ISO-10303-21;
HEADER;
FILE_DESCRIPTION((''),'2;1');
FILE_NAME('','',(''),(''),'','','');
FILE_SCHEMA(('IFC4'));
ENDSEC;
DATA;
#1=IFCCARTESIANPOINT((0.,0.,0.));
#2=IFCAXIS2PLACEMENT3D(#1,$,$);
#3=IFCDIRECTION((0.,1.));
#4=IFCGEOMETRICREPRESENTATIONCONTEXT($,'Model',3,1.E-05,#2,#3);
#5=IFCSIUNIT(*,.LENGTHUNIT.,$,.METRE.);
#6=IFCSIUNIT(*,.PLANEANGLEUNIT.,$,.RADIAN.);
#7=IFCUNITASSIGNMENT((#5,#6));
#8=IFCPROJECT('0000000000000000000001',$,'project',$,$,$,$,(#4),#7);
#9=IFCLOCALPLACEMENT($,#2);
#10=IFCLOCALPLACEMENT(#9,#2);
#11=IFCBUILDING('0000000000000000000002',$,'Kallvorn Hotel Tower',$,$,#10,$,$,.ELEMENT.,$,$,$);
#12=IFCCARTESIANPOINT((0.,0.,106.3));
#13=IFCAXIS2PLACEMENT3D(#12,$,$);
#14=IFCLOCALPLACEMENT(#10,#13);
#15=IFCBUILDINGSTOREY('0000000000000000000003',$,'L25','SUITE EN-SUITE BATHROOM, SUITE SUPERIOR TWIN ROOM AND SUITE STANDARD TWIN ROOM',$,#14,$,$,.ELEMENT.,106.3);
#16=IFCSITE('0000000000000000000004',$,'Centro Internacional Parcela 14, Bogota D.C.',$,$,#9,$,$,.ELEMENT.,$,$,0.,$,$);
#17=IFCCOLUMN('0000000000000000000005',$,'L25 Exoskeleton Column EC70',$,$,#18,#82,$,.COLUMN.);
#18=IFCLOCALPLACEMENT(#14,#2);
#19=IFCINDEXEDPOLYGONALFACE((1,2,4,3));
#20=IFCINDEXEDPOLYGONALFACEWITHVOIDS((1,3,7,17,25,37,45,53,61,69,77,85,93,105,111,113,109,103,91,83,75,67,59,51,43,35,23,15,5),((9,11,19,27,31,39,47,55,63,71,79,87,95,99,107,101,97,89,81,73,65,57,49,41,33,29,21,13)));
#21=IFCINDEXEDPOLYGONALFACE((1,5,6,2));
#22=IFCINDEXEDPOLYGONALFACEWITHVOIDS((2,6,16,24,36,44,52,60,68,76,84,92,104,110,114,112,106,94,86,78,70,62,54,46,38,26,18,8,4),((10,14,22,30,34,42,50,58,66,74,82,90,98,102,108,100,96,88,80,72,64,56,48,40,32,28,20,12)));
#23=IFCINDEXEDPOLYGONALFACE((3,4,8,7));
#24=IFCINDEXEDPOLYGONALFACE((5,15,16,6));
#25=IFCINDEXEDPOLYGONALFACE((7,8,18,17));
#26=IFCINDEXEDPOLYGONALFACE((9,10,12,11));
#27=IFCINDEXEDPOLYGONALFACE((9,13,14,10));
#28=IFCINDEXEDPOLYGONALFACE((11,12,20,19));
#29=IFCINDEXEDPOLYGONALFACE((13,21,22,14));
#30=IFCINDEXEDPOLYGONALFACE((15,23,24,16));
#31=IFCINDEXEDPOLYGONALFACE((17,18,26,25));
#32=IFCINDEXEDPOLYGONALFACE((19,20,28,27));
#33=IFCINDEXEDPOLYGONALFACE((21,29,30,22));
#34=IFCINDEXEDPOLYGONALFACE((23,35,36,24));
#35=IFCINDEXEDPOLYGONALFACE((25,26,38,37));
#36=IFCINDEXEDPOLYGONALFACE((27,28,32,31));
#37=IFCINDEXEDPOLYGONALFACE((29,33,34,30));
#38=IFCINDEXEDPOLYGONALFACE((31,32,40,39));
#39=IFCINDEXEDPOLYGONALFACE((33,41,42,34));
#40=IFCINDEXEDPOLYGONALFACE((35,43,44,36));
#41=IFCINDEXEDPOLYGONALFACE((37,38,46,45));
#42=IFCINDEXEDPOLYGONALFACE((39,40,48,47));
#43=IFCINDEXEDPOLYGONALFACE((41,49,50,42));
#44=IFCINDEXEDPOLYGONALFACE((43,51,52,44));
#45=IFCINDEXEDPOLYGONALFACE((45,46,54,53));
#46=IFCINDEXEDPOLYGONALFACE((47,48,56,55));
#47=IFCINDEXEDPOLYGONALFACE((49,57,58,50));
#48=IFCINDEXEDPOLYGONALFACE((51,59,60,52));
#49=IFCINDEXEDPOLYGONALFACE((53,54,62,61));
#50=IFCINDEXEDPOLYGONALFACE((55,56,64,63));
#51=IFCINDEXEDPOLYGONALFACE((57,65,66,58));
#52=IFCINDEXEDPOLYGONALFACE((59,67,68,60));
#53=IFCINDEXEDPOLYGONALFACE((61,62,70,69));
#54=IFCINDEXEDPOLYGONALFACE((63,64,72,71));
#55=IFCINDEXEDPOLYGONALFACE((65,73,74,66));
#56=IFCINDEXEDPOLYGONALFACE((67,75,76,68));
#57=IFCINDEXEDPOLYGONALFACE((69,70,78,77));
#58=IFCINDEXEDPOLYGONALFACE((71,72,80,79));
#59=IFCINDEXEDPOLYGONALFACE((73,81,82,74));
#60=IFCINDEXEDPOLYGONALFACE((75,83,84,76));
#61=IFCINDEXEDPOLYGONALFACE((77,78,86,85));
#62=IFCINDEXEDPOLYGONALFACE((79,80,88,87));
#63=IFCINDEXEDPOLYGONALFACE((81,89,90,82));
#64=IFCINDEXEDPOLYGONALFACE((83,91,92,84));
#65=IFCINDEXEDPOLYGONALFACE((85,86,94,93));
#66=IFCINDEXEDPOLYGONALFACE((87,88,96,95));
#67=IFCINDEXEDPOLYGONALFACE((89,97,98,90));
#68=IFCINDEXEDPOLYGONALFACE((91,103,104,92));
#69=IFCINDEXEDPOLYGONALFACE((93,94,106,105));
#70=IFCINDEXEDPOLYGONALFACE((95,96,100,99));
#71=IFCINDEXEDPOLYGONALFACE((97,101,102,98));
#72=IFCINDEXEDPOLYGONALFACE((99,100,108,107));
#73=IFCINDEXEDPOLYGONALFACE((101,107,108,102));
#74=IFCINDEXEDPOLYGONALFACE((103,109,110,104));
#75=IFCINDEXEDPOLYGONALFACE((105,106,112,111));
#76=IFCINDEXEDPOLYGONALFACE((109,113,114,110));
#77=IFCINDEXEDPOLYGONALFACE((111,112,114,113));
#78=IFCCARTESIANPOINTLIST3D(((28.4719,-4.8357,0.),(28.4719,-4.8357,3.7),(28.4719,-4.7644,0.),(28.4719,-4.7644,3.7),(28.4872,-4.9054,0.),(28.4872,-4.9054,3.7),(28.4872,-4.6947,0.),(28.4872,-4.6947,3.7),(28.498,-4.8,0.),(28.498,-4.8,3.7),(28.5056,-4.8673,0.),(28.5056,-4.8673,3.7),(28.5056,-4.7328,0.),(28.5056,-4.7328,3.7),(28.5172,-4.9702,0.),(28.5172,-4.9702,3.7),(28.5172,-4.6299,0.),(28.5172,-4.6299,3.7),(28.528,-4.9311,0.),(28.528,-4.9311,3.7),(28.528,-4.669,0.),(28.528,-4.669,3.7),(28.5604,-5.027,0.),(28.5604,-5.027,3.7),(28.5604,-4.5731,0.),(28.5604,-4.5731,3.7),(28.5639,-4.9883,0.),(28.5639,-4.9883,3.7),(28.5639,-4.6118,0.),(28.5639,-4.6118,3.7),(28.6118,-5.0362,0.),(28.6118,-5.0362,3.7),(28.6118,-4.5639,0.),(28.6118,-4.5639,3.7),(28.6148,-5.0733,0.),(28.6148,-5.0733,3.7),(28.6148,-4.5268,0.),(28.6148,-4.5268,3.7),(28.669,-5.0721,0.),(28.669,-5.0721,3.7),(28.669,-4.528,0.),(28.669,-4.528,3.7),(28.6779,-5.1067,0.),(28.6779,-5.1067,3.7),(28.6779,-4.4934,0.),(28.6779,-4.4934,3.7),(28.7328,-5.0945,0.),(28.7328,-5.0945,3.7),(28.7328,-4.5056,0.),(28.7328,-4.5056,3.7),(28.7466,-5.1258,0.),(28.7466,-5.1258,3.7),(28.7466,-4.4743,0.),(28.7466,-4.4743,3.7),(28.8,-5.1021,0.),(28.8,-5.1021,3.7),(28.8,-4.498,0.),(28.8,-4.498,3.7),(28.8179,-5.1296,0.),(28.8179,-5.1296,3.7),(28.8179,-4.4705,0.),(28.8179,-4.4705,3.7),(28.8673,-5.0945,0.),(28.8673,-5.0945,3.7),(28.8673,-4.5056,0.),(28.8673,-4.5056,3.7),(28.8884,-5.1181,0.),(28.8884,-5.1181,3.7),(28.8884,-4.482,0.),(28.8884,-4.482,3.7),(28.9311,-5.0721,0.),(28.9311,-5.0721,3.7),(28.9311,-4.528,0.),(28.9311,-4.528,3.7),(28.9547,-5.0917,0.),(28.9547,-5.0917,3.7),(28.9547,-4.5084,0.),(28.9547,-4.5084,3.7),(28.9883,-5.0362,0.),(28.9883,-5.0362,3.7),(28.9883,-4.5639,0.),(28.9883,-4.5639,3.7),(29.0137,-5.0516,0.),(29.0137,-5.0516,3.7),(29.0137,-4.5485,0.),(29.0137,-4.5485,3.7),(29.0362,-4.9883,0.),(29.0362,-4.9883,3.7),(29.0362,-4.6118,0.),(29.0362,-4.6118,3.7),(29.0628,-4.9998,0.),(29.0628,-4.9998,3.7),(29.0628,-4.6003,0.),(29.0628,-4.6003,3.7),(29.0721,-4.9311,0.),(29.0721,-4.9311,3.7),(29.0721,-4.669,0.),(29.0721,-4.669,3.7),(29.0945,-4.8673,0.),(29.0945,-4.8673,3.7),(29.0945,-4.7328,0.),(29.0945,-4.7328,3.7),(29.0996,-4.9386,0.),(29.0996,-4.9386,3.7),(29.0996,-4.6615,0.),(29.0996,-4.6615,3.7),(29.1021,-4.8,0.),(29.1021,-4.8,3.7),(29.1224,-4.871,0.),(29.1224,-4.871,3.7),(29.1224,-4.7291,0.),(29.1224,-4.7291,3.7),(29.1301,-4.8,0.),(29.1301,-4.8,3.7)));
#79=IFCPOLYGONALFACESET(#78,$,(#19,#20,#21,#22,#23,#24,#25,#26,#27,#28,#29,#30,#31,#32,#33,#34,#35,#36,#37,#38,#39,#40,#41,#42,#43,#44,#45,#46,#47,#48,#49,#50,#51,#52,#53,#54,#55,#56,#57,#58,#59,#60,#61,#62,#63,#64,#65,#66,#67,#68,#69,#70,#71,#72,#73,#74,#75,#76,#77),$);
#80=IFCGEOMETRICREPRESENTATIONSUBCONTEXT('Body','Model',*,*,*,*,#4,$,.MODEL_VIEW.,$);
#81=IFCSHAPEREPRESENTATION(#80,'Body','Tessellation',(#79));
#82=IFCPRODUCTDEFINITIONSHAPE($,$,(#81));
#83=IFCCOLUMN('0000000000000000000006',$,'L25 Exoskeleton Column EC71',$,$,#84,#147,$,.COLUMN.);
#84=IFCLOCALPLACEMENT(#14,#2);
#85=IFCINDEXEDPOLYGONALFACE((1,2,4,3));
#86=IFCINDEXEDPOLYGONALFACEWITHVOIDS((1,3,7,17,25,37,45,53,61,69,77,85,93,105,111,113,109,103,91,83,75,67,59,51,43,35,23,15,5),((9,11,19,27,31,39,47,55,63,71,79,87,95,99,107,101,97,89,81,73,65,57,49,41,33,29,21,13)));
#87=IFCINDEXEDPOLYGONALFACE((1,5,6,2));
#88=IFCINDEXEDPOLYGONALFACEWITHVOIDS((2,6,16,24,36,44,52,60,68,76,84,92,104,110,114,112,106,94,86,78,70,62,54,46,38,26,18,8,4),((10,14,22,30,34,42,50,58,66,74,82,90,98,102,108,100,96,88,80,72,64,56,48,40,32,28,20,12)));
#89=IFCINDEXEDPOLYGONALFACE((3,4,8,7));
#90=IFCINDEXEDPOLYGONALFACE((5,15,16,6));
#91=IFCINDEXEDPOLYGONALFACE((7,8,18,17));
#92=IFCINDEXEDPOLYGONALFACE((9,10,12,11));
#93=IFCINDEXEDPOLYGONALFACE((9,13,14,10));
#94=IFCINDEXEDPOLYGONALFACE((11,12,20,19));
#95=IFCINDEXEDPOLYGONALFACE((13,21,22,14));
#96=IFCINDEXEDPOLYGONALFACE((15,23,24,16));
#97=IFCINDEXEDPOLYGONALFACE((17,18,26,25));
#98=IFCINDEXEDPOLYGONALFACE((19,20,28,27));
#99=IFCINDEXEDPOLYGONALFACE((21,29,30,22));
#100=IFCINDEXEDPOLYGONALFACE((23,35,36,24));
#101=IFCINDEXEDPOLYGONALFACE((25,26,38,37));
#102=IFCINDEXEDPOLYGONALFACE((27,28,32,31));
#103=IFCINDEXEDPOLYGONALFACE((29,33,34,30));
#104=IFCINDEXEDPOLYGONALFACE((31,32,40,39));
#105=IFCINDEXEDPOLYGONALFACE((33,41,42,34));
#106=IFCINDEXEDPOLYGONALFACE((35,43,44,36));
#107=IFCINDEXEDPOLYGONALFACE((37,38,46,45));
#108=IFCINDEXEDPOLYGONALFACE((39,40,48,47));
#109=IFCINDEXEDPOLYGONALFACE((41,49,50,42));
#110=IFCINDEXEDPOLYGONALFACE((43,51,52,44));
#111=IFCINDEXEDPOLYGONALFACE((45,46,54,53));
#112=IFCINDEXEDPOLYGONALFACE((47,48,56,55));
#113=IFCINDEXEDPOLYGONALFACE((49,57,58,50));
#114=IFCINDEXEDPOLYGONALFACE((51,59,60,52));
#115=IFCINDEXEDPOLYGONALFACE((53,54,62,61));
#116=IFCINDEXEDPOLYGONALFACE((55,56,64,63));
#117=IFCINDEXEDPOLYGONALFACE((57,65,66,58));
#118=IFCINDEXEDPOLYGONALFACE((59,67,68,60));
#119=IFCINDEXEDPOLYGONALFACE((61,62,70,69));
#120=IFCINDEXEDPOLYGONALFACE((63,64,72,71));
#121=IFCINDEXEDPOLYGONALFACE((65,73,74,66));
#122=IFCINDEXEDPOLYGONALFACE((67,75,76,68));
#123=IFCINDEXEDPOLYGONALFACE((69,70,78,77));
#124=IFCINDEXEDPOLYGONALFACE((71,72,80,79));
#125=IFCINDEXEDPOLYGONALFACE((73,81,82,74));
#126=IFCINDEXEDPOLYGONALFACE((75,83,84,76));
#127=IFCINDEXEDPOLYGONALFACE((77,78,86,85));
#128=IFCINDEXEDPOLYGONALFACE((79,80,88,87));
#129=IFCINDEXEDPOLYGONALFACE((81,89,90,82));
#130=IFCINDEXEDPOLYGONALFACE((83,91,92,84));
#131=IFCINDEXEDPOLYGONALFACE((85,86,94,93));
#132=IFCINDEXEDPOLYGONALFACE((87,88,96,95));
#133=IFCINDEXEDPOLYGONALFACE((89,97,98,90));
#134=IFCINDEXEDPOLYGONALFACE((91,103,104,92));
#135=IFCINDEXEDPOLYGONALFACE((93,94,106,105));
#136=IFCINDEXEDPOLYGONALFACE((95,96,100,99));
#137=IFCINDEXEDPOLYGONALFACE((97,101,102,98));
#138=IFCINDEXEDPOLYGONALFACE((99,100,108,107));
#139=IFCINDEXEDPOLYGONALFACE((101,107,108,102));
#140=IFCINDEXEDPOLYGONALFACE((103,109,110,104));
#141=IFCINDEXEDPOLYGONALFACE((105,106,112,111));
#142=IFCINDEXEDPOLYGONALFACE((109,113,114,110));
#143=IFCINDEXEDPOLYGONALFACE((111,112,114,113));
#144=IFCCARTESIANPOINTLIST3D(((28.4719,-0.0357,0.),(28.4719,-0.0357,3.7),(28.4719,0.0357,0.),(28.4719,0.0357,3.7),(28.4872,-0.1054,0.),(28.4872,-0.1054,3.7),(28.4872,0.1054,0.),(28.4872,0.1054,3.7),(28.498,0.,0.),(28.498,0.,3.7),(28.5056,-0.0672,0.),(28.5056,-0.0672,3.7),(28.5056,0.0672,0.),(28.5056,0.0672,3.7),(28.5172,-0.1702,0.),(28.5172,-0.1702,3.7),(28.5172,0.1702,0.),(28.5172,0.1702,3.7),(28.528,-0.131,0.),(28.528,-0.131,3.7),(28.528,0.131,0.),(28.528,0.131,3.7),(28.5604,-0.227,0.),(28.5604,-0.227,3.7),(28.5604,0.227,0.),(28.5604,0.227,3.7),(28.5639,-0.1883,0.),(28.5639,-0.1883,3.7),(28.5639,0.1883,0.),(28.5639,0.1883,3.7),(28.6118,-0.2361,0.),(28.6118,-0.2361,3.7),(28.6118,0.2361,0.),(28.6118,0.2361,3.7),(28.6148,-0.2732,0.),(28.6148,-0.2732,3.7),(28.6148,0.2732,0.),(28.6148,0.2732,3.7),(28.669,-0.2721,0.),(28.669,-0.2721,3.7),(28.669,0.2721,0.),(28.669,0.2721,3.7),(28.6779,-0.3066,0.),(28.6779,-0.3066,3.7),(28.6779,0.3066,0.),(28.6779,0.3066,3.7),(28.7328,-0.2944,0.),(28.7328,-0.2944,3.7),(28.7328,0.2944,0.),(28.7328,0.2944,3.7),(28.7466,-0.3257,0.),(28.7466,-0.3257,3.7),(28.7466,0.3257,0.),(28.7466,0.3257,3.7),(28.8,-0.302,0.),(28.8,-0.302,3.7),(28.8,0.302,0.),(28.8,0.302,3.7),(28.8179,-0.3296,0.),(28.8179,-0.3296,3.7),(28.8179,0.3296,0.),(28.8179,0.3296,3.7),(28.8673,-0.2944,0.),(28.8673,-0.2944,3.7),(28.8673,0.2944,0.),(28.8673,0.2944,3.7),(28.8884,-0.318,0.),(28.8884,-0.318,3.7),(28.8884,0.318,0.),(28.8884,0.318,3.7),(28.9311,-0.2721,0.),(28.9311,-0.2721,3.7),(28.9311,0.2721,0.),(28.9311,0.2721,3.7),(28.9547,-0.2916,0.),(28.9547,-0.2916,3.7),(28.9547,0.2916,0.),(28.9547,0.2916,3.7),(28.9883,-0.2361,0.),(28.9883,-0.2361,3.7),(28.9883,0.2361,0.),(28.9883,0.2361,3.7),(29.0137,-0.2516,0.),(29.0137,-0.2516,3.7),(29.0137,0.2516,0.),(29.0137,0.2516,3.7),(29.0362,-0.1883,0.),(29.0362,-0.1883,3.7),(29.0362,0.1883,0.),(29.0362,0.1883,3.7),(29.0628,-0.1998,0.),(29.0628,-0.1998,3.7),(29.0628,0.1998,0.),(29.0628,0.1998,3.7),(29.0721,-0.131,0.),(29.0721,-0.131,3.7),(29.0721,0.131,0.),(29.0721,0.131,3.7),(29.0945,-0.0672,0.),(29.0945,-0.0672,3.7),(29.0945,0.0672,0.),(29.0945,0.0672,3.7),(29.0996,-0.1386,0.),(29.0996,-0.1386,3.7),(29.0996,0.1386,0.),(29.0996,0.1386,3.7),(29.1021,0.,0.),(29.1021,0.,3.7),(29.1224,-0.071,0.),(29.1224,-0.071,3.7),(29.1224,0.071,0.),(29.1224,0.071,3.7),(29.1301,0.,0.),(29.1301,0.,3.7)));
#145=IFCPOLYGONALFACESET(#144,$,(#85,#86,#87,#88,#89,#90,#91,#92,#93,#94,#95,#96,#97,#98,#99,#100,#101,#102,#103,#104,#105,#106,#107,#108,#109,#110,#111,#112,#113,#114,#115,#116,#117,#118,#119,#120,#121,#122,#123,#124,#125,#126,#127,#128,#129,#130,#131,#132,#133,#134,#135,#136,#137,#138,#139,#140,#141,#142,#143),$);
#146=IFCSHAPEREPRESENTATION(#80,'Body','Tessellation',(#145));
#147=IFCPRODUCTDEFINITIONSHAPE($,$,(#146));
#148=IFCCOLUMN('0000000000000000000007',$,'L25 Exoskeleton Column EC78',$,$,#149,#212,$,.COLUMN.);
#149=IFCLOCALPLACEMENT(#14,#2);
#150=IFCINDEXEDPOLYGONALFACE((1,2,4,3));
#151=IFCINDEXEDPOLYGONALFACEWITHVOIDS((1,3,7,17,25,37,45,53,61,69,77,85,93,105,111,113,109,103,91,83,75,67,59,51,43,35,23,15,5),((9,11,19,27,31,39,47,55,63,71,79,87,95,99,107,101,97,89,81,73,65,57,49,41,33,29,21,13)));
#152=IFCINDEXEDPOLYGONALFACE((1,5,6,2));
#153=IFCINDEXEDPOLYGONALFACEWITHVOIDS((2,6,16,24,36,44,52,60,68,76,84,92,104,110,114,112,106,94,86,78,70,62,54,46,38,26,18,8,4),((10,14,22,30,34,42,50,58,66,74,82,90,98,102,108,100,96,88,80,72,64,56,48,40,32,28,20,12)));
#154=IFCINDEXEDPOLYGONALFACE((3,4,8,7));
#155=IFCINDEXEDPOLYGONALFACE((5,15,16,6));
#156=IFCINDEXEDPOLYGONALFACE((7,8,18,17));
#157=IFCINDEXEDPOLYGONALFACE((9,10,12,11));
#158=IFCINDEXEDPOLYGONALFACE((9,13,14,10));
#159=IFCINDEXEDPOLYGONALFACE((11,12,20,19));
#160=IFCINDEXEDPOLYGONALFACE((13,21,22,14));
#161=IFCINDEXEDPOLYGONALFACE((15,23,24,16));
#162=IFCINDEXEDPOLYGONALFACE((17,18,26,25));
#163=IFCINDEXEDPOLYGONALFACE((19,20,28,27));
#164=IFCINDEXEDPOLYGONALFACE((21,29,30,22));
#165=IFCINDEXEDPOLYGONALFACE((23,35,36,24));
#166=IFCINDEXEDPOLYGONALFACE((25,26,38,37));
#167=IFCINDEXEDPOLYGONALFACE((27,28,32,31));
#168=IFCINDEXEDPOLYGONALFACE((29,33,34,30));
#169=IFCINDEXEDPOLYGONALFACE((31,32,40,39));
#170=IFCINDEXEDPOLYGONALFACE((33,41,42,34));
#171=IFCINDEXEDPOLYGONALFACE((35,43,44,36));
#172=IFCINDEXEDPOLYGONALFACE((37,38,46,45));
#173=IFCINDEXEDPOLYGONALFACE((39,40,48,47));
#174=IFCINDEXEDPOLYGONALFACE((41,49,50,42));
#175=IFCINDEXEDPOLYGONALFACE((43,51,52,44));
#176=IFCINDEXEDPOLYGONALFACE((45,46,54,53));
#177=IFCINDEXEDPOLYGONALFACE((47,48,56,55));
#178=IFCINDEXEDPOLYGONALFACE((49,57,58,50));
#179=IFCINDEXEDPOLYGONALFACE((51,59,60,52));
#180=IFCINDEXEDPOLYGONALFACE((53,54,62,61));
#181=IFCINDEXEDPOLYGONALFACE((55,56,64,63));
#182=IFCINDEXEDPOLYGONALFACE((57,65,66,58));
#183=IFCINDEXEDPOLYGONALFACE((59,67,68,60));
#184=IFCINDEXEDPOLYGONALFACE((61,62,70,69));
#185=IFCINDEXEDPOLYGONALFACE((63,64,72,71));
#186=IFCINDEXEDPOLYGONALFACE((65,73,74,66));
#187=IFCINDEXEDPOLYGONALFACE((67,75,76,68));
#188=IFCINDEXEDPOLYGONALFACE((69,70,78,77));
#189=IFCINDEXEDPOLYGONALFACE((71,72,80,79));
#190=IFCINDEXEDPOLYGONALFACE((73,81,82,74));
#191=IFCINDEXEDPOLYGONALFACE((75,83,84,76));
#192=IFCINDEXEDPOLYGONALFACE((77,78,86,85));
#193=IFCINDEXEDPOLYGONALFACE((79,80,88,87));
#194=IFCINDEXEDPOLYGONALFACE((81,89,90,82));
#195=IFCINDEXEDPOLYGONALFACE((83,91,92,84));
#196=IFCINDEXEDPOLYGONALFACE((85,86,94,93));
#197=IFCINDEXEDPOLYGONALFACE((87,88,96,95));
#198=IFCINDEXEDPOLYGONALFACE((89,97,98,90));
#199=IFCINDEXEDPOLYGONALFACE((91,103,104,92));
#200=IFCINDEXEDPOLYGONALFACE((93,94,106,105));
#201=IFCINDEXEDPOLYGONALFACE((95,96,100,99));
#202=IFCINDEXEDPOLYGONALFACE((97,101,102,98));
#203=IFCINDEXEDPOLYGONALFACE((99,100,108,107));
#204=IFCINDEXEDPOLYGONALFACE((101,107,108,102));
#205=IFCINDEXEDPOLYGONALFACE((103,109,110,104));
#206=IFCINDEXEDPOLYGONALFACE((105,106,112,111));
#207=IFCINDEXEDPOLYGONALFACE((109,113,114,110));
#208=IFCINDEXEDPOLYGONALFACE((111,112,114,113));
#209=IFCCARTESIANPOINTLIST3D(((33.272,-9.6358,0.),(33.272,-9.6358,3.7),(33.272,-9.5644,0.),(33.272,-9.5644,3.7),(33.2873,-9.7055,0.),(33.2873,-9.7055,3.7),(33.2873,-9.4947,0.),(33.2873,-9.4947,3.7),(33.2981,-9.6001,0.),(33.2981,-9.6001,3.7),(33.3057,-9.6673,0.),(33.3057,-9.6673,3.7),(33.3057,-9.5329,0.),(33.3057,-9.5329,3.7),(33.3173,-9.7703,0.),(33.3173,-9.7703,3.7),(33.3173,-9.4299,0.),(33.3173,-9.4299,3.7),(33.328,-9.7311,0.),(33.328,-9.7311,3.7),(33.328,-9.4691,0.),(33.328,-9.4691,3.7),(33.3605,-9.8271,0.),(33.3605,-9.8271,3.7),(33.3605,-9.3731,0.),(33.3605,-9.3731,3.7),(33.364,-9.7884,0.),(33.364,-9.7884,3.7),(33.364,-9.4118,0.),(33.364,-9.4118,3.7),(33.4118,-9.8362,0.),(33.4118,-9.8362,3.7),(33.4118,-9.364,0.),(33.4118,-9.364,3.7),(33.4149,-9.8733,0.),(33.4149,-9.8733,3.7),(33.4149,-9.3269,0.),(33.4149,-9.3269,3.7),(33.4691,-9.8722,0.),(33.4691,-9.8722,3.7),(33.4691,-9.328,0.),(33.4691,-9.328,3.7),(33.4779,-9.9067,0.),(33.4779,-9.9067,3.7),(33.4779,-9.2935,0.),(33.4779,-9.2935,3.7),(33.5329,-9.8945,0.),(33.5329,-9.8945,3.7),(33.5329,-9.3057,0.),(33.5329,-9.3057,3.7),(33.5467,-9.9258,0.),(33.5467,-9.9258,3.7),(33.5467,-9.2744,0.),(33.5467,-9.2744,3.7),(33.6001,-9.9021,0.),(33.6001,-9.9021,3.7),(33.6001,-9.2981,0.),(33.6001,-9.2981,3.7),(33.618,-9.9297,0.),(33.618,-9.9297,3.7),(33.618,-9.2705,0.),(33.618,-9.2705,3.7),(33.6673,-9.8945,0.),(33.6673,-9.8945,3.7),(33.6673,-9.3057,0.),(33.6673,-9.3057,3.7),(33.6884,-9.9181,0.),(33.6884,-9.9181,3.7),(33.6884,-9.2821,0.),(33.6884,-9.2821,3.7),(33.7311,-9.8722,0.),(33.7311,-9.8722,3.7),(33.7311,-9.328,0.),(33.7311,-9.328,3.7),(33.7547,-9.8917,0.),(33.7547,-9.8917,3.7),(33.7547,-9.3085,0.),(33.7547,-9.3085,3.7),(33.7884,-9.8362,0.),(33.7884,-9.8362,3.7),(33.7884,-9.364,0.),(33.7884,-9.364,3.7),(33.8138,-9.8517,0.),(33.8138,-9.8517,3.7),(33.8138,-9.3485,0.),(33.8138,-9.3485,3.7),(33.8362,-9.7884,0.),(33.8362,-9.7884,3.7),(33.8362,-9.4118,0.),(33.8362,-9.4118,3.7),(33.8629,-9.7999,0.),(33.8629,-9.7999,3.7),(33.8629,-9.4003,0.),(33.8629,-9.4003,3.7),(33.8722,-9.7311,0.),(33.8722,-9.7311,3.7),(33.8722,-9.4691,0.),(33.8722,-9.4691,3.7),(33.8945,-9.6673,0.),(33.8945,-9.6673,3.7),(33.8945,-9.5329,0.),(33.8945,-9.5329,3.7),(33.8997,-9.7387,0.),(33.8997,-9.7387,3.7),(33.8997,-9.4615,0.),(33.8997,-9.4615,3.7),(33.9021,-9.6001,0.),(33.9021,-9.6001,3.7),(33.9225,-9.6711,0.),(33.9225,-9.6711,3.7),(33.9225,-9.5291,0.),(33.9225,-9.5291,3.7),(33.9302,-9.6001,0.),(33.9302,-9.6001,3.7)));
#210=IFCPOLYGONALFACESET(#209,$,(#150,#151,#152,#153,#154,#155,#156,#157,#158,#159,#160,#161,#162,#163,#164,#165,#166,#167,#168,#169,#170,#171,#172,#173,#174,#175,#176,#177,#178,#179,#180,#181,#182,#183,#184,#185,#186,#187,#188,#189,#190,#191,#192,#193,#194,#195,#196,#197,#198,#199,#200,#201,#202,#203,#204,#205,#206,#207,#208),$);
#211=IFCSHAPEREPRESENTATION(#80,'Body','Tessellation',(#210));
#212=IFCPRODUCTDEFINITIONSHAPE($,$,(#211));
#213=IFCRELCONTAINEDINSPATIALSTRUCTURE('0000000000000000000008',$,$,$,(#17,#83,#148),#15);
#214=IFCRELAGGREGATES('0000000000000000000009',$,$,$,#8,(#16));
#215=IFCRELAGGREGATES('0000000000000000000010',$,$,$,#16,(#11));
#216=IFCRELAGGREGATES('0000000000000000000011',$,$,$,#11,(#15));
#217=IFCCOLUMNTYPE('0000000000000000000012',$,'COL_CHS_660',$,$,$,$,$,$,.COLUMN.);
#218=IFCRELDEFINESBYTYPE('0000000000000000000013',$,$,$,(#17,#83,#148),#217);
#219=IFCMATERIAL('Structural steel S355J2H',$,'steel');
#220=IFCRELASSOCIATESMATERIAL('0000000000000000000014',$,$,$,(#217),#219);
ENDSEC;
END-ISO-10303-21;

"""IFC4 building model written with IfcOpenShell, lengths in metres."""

from ifc_helpers import new_model, si_unit, direction, frame, origin, origin_2d, place, context, subcontext, project, spatial, hollow_circle, extrude, material, material_profile, profile_set, type_object, element, save


model = new_model("IFC4")

# Units and contexts
model_context = context("Model", 3, precision=1e-05, world=origin(), true_north=direction((0.0, 1.0)))
body_context = subcontext(model_context, "Body", "Model", "MODEL_VIEW")
ifc_project = project(units=[si_unit("LENGTHUNIT", "METRE"), si_unit("PLANEANGLEUNIT", "RADIAN")], contexts=[model_context])

# Site, building, storey
site_placement = place(None, origin())
site = spatial("IfcSite", under=ifc_project, at=site_placement, Name="Centro Internacional Parcela 14, Bogota D.C.", CompositionType="ELEMENT", RefElevation=0.0)
building_placement = place(site_placement, origin())
building = spatial("IfcBuilding", under=site, at=building_placement, Name="Kallvorn Hotel Tower", CompositionType="ELEMENT")
storey_placement = place(building_placement, frame((0.0, 0.0, 106.3)))
storey = spatial("IfcBuildingStorey", under=building, at=storey_placement, Name="L25", Description="SUITE EN-SUITE BATHROOM, SUITE SUPERIOR TWIN ROOM AND SUITE STANDARD TWIN ROOM", CompositionType="ELEMENT", Elevation=106.3)

# Columns
ifc_material_1 = material(Name="Structural steel S355J2H", Category="steel")
ifc_material_profile_1 = material_profile(ifc_material_1, hollow_circle(Radius=0.3301, WallThickness=0.0281, at=origin_2d()), Name="CHS 660x28")
ifc_profile_set_1 = profile_set([ifc_material_profile_1], Name="Structural steel S355J2H")
column_type = type_object("IfcColumnType", Name="COL_CHS_660", PredefinedType="COLUMN", material=ifc_profile_set_1)
for number, where, z_axis, x_axis, name in (
    (1, (28.8, -4.8, 0.0), (0.0, 0.0, 1.0), (1.0, 0.0, 0.0), "L25 Exoskeleton Column EC70"),
    (2, (28.8, 0.0, 0.0), (0.0, 0.0, 1.0), (1.0, 0.0, 0.0), "L25 Exoskeleton Column EC71"),
    (3, (33.6001, -9.6001, 0.0), (0.0, 0.0, 1.0), (1.0, 0.0, 0.0), "L25 Exoskeleton Column EC78"),
):
    element("IfcColumn", number, at=place(storey_placement, frame(where, z_axis=z_axis, x_axis=x_axis)), inside=storey, type_object=column_type, Name=name, PredefinedType="COLUMN", context=body_context, shape_type="SweptSolid", body=[
        extrude(hollow_circle(Radius=0.3301, WallThickness=0.0281, at=origin_2d()), origin(), (0.0, 0.0, 1.0), 3.7),
    ])

save(model, "model.ifc")
